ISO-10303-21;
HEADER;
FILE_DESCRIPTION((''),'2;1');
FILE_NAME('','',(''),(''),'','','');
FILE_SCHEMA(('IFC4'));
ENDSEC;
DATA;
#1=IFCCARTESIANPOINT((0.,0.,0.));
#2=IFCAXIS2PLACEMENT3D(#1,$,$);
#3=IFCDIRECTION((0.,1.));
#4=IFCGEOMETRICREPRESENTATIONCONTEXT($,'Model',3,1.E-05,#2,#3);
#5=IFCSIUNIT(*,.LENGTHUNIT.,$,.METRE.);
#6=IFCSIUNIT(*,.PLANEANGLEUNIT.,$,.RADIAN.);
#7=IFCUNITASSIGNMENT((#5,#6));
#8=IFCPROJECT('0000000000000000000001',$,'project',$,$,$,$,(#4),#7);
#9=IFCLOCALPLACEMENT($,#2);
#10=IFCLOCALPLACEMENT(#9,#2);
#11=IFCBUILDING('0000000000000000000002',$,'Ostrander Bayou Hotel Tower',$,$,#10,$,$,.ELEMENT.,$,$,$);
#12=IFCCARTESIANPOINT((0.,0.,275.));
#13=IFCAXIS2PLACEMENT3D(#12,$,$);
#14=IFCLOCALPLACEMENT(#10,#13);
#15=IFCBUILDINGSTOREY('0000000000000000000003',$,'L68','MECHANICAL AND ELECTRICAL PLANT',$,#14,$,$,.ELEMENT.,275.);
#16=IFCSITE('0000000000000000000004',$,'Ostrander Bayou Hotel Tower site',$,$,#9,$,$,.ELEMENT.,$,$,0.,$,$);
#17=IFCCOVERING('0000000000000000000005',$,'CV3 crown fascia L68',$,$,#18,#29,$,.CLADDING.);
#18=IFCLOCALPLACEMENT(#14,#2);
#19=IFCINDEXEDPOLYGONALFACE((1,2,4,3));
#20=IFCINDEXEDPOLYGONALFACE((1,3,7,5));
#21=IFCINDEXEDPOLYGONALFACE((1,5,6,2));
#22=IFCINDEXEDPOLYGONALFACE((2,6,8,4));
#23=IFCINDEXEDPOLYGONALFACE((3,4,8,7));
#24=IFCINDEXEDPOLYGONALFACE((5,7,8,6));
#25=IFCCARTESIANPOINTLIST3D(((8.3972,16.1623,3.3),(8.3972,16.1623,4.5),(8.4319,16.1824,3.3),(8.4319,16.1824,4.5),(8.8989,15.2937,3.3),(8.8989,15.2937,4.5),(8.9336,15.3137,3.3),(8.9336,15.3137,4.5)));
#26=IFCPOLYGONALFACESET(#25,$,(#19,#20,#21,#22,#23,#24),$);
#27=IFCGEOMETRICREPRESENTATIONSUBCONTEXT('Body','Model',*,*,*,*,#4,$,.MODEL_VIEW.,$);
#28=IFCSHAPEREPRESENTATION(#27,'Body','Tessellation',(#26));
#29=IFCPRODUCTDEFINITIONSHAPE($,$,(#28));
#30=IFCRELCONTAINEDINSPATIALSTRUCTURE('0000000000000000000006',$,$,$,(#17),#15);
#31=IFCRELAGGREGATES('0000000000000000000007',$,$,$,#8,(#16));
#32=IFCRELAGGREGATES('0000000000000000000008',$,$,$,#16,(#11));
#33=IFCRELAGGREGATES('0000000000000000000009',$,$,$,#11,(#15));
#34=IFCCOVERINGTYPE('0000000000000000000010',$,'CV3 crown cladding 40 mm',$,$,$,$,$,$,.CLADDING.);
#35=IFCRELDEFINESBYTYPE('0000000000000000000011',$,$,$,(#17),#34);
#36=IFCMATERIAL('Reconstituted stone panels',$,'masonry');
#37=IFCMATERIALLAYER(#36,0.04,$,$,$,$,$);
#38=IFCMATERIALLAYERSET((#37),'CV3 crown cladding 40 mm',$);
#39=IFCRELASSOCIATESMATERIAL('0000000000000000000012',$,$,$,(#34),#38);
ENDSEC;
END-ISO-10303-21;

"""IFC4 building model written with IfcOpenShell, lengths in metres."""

from ifc_helpers import new_model, si_unit, direction, frame, origin, place, context, subcontext, project, spatial, polyline, outline, extrude, material, layer, layer_set, type_object, element, save


model = new_model("IFC4")

# Units and contexts
model_context = context("Model", 3, precision=1e-05, world=origin(), true_north=direction((0.0, 1.0)))
body_context = subcontext(model_context, "Body", "Model", "MODEL_VIEW")
ifc_project = project(units=[si_unit("LENGTHUNIT", "METRE"), si_unit("PLANEANGLEUNIT", "RADIAN")], contexts=[model_context])

# Site, building, storey
site_placement = place(None, origin())
site = spatial("IfcSite", under=ifc_project, at=site_placement, Name="Ostrander Bayou Hotel Tower site", CompositionType="ELEMENT", RefElevation=0.0)
building_placement = place(site_placement, origin())
building = spatial("IfcBuilding", under=site, at=building_placement, Name="Ostrander Bayou Hotel Tower", CompositionType="ELEMENT")
storey_placement = place(building_placement, frame((0.0, 0.0, 275.0)))
storey = spatial("IfcBuildingStorey", under=building, at=storey_placement, Name="L68", Description="MECHANICAL AND ELECTRICAL PLANT", CompositionType="ELEMENT", Elevation=275.0)

# Covering
ifc_material_1 = material(Name="Reconstituted stone panels", Category="masonry")
ifc_layer_1 = layer(ifc_material_1, 0.04)
ifc_layer_set_1 = layer_set([ifc_layer_1], Name="CV3 crown cladding 40 mm")
covering_type = type_object("IfcCoveringType", Name="CV3 crown cladding 40 mm", PredefinedType="CLADDING", material=ifc_layer_set_1)
covering_1_placement = place(storey_placement, frame((8.9336, 15.3137, 3.3), z_axis=(0.865942, 0.500144, 0.0), x_axis=(-0.500144, 0.865942, 0.0)))
element("IfcCovering", 1, at=covering_1_placement, inside=storey, type_object=covering_type, Name="CV3 crown fascia L68", PredefinedType="CLADDING", context=body_context, shape_type="SweptSolid", body=[
    extrude(outline(polyline([(0.0, 0.0), (1.0031, 0.0), (1.0031, 1.2), (0.0, 1.2), (0.0, 0.0)])), origin(), (0.0, 0.0, -1.0), 0.04),
])

save(model, "model.ifc")
